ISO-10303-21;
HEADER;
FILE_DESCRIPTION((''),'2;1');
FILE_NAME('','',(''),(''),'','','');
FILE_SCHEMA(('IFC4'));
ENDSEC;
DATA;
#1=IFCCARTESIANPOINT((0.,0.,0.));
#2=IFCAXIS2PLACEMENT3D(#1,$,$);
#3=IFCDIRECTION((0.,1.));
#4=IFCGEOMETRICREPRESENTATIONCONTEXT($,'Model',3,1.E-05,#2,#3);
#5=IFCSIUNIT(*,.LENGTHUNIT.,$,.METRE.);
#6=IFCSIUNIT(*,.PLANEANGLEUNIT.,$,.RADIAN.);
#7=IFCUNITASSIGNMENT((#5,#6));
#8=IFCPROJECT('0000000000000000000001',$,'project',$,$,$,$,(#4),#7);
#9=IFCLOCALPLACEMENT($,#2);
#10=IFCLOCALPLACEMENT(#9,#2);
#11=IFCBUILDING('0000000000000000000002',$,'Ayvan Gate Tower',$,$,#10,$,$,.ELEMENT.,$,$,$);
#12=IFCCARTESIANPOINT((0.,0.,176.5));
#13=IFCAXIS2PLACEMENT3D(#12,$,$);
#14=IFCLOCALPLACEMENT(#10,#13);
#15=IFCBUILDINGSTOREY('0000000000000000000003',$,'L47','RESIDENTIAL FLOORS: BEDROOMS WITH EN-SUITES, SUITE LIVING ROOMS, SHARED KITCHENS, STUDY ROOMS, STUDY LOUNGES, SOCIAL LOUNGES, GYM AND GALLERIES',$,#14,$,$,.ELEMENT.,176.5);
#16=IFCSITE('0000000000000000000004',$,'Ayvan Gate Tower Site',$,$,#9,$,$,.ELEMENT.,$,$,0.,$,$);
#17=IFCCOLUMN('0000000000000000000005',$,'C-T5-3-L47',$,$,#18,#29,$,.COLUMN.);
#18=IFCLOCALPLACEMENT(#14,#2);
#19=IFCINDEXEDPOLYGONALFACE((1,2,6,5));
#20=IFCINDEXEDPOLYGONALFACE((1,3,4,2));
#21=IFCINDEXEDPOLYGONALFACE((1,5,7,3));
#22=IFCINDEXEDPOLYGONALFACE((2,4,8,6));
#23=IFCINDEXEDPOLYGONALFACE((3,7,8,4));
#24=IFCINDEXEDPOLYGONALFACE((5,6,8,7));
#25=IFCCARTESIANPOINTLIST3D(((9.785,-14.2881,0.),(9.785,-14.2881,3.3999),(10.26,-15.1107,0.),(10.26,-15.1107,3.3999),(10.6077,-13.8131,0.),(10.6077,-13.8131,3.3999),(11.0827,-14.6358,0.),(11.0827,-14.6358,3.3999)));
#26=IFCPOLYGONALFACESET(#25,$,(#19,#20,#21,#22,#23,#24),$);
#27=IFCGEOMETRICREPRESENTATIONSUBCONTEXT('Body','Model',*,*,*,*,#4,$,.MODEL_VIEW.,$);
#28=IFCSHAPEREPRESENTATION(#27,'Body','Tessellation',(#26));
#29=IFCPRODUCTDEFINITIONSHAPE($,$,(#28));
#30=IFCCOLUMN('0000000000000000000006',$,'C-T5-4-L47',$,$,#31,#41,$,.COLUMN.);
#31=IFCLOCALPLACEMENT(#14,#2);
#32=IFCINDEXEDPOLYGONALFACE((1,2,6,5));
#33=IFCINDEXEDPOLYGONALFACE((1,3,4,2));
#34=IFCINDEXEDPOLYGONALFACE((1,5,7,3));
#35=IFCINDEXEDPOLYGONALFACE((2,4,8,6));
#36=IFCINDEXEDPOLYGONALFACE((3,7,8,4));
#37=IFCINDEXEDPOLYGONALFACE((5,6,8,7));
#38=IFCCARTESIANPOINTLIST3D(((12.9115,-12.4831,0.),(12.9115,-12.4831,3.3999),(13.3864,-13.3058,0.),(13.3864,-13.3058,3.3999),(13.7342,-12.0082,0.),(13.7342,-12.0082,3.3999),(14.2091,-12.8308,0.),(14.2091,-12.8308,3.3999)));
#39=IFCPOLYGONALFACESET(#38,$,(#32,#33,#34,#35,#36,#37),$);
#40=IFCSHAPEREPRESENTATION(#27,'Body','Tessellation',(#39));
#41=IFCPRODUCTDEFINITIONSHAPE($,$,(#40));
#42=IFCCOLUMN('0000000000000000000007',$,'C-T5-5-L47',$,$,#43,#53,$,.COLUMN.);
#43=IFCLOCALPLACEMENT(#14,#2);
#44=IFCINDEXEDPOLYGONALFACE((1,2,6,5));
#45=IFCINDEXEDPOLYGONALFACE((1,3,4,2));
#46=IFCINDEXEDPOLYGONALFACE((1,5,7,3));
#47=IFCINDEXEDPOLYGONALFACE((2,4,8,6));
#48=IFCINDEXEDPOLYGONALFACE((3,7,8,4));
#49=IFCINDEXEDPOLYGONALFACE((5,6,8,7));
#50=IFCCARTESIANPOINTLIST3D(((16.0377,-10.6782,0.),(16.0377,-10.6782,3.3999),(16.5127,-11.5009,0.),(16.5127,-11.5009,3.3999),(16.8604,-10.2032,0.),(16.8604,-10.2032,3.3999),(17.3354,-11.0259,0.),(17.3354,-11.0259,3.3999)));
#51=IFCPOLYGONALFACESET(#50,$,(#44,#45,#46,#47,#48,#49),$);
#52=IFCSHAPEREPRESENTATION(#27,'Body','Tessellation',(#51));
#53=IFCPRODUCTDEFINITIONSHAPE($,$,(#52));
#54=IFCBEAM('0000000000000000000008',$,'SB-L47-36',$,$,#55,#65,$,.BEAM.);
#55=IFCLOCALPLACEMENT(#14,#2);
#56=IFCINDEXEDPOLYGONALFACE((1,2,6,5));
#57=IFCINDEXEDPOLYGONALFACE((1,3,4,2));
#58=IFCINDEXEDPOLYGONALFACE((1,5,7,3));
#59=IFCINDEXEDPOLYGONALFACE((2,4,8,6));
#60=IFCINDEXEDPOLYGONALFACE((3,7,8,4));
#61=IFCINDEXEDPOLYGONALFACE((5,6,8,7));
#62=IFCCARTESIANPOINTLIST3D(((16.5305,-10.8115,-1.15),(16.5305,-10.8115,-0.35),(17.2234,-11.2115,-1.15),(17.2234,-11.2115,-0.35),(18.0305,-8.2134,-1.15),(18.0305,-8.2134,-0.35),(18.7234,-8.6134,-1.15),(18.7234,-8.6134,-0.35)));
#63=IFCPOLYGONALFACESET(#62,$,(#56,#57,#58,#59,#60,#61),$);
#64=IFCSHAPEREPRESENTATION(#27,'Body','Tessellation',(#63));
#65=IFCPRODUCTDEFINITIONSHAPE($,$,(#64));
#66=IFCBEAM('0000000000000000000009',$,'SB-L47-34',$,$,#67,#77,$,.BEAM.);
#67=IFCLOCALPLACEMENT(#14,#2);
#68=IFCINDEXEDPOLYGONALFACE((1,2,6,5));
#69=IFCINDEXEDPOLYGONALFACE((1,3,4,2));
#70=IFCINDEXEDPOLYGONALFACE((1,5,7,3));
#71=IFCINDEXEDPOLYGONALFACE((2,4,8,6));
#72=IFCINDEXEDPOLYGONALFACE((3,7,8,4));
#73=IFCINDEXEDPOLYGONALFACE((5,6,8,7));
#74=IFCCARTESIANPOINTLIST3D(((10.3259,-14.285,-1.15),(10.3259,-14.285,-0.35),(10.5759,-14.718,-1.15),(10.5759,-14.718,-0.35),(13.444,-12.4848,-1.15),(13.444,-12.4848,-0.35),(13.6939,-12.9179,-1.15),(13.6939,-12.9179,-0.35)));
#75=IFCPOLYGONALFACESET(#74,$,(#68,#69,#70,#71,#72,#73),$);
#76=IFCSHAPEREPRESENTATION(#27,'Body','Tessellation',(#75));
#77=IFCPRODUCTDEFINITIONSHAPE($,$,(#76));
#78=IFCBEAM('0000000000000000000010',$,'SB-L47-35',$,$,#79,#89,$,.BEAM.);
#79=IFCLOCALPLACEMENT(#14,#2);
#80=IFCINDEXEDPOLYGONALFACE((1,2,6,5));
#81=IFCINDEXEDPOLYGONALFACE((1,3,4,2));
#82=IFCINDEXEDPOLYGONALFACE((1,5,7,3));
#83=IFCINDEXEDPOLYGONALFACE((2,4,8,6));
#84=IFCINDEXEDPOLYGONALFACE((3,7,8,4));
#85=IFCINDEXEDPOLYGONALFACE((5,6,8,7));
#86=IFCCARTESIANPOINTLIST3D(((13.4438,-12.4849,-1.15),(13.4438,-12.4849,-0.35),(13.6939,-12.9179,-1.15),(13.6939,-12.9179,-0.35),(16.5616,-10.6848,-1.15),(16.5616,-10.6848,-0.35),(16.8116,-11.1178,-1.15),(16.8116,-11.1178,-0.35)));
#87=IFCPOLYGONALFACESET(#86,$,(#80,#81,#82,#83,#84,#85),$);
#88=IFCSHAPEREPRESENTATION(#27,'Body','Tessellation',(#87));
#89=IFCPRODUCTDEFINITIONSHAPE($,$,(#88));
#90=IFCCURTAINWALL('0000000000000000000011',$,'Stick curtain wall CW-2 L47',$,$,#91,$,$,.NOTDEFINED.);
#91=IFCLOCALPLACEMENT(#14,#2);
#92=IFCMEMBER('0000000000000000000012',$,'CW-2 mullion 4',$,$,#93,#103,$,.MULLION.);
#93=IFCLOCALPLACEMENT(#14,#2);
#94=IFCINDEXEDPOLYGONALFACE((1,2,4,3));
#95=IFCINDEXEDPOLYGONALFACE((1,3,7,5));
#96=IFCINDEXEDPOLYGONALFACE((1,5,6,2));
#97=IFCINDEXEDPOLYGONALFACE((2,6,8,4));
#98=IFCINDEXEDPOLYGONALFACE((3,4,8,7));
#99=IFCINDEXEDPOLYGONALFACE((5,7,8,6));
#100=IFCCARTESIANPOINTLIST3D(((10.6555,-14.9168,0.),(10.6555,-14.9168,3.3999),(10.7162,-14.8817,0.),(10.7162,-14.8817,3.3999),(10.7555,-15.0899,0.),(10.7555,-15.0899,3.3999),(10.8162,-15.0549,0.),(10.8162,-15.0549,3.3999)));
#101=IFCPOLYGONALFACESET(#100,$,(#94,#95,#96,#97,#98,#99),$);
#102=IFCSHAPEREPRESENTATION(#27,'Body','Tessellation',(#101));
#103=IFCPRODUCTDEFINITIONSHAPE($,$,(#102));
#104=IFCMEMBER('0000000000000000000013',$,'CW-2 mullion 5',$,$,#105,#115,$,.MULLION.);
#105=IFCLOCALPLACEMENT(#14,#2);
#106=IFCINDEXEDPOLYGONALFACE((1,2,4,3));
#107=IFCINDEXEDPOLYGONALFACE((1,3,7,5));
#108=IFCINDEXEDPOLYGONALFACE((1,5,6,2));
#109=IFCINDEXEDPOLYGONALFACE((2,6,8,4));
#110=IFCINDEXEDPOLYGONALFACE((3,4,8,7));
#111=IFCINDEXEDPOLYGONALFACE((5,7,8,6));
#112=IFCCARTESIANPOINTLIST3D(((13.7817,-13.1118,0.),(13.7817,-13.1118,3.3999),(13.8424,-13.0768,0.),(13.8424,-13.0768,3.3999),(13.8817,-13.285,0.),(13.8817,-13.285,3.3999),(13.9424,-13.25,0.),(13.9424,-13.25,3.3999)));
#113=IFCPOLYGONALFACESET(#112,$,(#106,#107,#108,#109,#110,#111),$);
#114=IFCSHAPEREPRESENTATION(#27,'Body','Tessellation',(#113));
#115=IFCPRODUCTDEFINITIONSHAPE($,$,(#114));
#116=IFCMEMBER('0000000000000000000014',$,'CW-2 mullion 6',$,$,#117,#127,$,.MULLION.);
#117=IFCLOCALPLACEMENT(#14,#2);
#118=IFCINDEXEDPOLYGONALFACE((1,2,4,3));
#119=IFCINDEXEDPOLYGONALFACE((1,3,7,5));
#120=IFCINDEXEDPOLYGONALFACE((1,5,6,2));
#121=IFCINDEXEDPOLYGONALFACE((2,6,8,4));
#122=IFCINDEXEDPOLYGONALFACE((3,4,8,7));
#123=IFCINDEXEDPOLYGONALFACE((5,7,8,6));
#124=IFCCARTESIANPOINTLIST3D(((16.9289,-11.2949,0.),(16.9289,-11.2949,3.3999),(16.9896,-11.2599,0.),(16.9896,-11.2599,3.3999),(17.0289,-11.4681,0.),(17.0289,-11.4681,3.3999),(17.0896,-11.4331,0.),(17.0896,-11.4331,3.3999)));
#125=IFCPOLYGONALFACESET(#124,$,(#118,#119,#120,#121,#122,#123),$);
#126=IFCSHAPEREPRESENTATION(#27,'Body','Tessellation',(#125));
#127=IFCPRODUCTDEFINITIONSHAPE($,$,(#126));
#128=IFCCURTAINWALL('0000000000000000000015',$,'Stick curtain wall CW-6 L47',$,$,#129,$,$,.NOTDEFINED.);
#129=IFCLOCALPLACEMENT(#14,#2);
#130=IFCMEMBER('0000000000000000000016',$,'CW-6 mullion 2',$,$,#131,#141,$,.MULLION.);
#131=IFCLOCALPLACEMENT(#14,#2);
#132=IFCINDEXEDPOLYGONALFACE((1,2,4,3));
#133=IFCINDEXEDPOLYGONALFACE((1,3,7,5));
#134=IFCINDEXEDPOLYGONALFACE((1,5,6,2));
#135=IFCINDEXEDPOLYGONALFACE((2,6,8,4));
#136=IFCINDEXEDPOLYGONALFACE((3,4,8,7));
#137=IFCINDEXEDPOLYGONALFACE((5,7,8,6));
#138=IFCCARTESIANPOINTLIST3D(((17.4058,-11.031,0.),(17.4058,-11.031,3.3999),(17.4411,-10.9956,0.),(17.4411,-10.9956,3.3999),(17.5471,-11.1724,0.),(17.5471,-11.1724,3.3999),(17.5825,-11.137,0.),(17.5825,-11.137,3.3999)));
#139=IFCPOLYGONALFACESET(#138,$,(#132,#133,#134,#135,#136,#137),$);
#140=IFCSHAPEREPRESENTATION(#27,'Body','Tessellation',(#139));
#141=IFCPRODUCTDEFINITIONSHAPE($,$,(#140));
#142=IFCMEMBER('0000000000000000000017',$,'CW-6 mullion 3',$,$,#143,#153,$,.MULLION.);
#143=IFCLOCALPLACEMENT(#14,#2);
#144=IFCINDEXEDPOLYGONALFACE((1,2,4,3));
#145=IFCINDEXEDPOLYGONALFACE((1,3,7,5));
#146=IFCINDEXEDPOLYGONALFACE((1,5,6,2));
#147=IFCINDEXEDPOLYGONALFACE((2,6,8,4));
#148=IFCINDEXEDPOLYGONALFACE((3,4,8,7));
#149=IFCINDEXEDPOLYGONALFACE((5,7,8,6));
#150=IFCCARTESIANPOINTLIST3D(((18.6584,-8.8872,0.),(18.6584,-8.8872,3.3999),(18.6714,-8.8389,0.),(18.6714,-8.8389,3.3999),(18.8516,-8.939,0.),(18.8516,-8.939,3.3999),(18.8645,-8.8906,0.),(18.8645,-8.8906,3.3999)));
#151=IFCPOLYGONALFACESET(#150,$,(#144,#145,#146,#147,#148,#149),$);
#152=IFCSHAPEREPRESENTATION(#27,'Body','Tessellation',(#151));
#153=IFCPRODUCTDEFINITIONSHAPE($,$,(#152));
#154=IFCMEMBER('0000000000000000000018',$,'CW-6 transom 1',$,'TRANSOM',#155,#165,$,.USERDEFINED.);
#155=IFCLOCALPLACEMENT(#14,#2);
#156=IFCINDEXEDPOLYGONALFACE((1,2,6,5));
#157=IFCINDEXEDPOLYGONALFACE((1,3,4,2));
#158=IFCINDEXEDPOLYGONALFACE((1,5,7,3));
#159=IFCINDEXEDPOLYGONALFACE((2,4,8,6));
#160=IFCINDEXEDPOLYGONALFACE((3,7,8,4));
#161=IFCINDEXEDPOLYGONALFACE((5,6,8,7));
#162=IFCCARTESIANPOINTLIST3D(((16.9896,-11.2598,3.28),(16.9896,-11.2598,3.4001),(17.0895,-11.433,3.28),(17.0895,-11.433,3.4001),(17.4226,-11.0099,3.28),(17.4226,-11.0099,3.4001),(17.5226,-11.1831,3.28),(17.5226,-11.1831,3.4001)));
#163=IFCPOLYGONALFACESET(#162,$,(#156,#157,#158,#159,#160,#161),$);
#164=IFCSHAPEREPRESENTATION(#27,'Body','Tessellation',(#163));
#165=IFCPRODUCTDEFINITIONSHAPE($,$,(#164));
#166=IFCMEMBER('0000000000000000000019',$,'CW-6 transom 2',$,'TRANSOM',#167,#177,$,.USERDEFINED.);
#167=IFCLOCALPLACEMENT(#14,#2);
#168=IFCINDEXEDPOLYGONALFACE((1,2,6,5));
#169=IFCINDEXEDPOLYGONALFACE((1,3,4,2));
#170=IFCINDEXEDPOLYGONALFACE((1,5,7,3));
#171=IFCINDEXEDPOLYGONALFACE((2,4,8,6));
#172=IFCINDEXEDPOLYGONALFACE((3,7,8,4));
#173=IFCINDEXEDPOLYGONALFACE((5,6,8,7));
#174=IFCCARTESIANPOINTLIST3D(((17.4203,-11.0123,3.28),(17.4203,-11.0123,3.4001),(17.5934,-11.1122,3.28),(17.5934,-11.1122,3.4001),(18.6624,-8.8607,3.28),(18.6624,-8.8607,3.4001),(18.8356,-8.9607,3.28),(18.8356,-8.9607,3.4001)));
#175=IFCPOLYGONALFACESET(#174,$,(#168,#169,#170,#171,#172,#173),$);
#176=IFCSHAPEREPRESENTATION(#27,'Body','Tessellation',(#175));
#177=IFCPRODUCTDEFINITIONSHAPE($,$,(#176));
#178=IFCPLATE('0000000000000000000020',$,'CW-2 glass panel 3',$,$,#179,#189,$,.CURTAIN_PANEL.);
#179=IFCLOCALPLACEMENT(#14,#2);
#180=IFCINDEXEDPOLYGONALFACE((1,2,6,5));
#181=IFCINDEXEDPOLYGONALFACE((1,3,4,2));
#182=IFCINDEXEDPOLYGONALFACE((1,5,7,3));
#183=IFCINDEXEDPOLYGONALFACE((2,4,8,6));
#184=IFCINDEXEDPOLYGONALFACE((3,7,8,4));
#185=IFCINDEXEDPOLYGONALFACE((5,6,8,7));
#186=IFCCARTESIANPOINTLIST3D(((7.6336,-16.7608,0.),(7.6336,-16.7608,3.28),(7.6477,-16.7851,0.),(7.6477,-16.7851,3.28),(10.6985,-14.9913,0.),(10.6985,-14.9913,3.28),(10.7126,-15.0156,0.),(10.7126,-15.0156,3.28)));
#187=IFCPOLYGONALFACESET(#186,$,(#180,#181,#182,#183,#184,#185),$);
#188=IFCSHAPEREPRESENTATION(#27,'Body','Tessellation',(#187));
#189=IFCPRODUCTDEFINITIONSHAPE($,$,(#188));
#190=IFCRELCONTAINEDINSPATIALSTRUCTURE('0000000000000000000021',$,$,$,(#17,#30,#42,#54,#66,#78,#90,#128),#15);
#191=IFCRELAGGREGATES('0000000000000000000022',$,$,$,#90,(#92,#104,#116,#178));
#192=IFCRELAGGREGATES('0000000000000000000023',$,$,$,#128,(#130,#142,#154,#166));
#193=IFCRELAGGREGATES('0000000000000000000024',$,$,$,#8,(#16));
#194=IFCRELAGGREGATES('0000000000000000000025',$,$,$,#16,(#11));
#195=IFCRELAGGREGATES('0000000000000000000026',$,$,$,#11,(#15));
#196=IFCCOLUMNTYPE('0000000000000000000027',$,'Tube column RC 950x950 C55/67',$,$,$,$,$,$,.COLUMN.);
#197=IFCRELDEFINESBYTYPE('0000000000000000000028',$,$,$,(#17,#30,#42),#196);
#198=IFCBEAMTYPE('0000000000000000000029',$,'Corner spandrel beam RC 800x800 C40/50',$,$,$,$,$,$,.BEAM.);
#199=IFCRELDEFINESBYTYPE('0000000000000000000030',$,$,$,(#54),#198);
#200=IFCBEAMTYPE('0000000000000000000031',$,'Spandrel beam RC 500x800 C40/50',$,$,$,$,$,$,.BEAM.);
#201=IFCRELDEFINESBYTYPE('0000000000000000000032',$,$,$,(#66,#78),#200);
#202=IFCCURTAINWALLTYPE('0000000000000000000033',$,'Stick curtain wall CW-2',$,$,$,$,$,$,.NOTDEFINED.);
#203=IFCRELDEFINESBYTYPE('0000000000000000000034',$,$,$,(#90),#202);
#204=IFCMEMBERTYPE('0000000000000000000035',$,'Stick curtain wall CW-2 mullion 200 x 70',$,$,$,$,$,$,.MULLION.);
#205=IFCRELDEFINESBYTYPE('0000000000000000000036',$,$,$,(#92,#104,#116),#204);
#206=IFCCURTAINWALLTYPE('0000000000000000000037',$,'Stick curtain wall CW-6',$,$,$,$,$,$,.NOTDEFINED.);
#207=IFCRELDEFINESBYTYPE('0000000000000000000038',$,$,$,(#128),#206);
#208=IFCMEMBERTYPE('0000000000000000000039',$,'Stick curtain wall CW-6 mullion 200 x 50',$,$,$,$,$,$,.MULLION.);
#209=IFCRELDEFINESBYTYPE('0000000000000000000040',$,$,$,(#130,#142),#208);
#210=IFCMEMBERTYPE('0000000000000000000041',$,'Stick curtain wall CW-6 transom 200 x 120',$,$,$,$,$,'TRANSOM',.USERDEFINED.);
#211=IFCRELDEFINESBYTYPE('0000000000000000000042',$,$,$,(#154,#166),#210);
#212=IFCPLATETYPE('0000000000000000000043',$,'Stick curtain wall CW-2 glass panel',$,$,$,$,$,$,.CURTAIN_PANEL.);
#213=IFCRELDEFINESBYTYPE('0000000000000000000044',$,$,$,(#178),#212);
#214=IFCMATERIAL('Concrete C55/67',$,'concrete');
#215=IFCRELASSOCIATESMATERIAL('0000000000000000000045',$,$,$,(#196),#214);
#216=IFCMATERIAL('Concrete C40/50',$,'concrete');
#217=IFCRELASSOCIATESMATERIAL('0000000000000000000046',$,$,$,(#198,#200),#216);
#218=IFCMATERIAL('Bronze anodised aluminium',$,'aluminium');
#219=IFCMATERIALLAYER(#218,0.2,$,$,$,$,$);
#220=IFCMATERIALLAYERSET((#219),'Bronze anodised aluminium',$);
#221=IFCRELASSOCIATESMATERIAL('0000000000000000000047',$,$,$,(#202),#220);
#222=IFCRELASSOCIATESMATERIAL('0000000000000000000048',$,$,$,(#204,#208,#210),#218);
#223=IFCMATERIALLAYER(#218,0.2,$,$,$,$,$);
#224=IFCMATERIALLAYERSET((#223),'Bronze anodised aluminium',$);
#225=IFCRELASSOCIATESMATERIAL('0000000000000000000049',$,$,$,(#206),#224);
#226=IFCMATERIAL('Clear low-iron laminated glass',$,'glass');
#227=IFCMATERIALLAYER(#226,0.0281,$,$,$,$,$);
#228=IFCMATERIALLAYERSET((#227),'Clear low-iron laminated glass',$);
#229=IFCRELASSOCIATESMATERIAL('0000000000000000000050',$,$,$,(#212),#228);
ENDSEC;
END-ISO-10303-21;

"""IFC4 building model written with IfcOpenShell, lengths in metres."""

from ifc_helpers import new_model, si_unit, direction, frame, origin, origin_2d, place, context, subcontext, project, spatial, rectangle, extrude, material, layer, layer_set, material_profile, profile_set, type_object, element, aggregate, save


model = new_model("IFC4")

# Units and contexts
model_context = context("Model", 3, precision=1e-05, world=origin(), true_north=direction((0.0, 1.0)))
body_context = subcontext(model_context, "Body", "Model", "MODEL_VIEW")
ifc_project = project(units=[si_unit("LENGTHUNIT", "METRE"), si_unit("PLANEANGLEUNIT", "RADIAN")], contexts=[model_context])

# Site, building, storey
site_placement = place(None, origin())
site = spatial("IfcSite", under=ifc_project, at=site_placement, Name="Ayvan Gate Tower Site", CompositionType="ELEMENT", RefElevation=0.0)
building_placement = place(site_placement, origin())
building = spatial("IfcBuilding", under=site, at=building_placement, Name="Ayvan Gate Tower", CompositionType="ELEMENT")
storey_placement = place(building_placement, frame((0.0, 0.0, 176.5)))
storey = spatial("IfcBuildingStorey", under=building, at=storey_placement, Name="L47", Description="RESIDENTIAL FLOORS: BEDROOMS WITH EN-SUITES, SUITE LIVING ROOMS, SHARED KITCHENS, STUDY ROOMS, STUDY LOUNGES, SOCIAL LOUNGES, GYM AND GALLERIES", CompositionType="ELEMENT", Elevation=176.5)

# Columns
ifc_material_1 = material(Name="Concrete C55/67", Category="concrete")
ifc_material_profile_1 = material_profile(ifc_material_1, rectangle(XDim=0.95, YDim=0.95, at=origin_2d()), Name="RC 950x950")
ifc_profile_set_1 = profile_set([ifc_material_profile_1], Name="Concrete C55/67")
column_type = type_object("IfcColumnType", Name="Tube column RC 950x950 C55/67", PredefinedType="COLUMN", material=ifc_profile_set_1)
for number, where, z_axis, x_axis, name in (
    (1, (10.4338, -14.4619, 0.0), (0.0, 0.0, 1.0), (0.5, -0.866025, 0.0), "C-T5-3-L47"),
    (2, (13.5603, -12.657, 0.0), (0.0, 0.0, 1.0), (0.5, -0.866025, 0.0), "C-T5-4-L47"),
    (3, (16.6865, -10.8521, 0.0), (0.0, 0.0, 1.0), (0.5, -0.866025, 0.0), "C-T5-5-L47"),
):
    element("IfcColumn", number, at=place(storey_placement, frame(where, z_axis=z_axis, x_axis=x_axis)), inside=storey, type_object=column_type, Name=name, PredefinedType="COLUMN", context=body_context, shape_type="SweptSolid", body=[
        extrude(rectangle(XDim=0.95, YDim=0.95, at=origin_2d()), origin(), (0.0, 0.0, 1.0), 3.3999),
    ])

# Beams
ifc_material_2 = material(Name="Concrete C40/50", Category="concrete")
ifc_material_profile_2 = material_profile(ifc_material_2, rectangle(XDim=0.8, YDim=0.8, at=origin_2d()), Name="RC 800x800")
ifc_profile_set_2 = profile_set([ifc_material_profile_2], Name="Concrete C40/50")
beam_type_1 = type_object("IfcBeamType", Name="Corner spandrel beam RC 800x800 C40/50", PredefinedType="BEAM", material=ifc_profile_set_2)
beam_1_placement = place(storey_placement, frame((16.877, -11.0115, -0.75), z_axis=(0.49999, 0.866031, 0.0), x_axis=(-0.866031, 0.49999, 0.0)))
element("IfcBeam", 4, at=beam_1_placement, inside=storey, type_object=beam_type_1, Name="SB-L47-36", PredefinedType="BEAM", context=body_context, shape_type="SweptSolid", body=[
    extrude(rectangle(XDim=0.8, YDim=0.8, at=origin_2d()), origin(), (0.0, 0.0, 1.0), 3.0),
])
ifc_material_profile_3 = material_profile(ifc_material_2, rectangle(XDim=0.5, YDim=0.8, at=origin_2d()), Name="RC 500x800")
ifc_profile_set_3 = profile_set([ifc_material_profile_3], Name="Concrete C40/50")
beam_type_2 = type_object("IfcBeamType", Name="Spandrel beam RC 500x800 C40/50", PredefinedType="BEAM", material=ifc_profile_set_3)
beam_2_placement = place(storey_placement, frame((10.4509, -14.5015, -0.75), z_axis=(0.866035, 0.499983, 0.0), x_axis=(-0.499983, 0.866035, 0.0)))
element("IfcBeam", 5, at=beam_2_placement, inside=storey, type_object=beam_type_2, Name="SB-L47-34", PredefinedType="BEAM", context=body_context, shape_type="SweptSolid", body=[
    extrude(rectangle(XDim=0.5, YDim=0.8, at=origin_2d()), origin(), (0.0, 0.0, 1.0), 3.6003),
])
beam_3_placement = place(storey_placement, frame((13.5688, -12.7014, -0.75), z_axis=(0.866018, 0.500012, 0.0), x_axis=(-0.500012, 0.866018, 0.0)))
element("IfcBeam", 6, at=beam_3_placement, inside=storey, type_object=beam_type_2, Name="SB-L47-35", PredefinedType="BEAM", context=body_context, shape_type="SweptSolid", body=[
    extrude(rectangle(XDim=0.5, YDim=0.8, at=origin_2d()), origin(), (0.0, 0.0, 1.0), 3.6001),
])

# Curtain walls, members
ifc_material_3 = material(Name="Bronze anodised aluminium", Category="aluminium")
ifc_layer_1 = layer(ifc_material_3, 0.2)
ifc_layer_set_1 = layer_set([ifc_layer_1], Name="Bronze anodised aluminium")
curtain_wall_type_1 = type_object("IfcCurtainWallType", Name="Stick curtain wall CW-2", PredefinedType="NOTDEFINED", material=ifc_layer_set_1)
curtain_wall_1_placement = place(storey_placement, origin())
curtain_wall_1 = element("IfcCurtainWall", 7, at=curtain_wall_1_placement, inside=storey, type_object=curtain_wall_type_1, Name="Stick curtain wall CW-2 L47", PredefinedType="NOTDEFINED")
ifc_material_profile_4 = material_profile(ifc_material_3, rectangle(XDim=0.2, YDim=0.0701, at=origin_2d()), Name="Stick curtain wall CW-2 mullion 200 x 70")
ifc_profile_set_4 = profile_set([ifc_material_profile_4], Name="Bronze anodised aluminium")
member_type_1 = type_object("IfcMemberType", Name="Stick curtain wall CW-2 mullion 200 x 70", PredefinedType="MULLION", material=ifc_profile_set_4)
member_1_placement = place(storey_placement, frame((10.7358, -14.9858, 0.0), z_axis=(0.0, 0.0, 1.0), x_axis=(0.5, -0.866025, 0.0)))
member_1 = element("IfcMember", 8, at=member_1_placement, type_object=member_type_1, Name="CW-2 mullion 4", PredefinedType="MULLION", context=body_context, shape_type="SweptSolid", body=[
    extrude(rectangle(XDim=0.2, YDim=0.0701, at=origin_2d()), origin(), (0.0, 0.0, 1.0), 3.3999),
])
member_2_placement = place(storey_placement, frame((13.8621, -13.1809, 0.0), z_axis=(0.0, 0.0, 1.0), x_axis=(0.5, -0.866025, 0.0)))
member_2 = element("IfcMember", 9, at=member_2_placement, type_object=member_type_1, Name="CW-2 mullion 5", PredefinedType="MULLION", context=body_context, shape_type="SweptSolid", body=[
    extrude(rectangle(XDim=0.2, YDim=0.0701, at=origin_2d()), origin(), (0.0, 0.0, 1.0), 3.3999),
])
member_3_placement = place(storey_placement, frame((17.0093, -11.364, 0.0), z_axis=(0.0, 0.0, 1.0), x_axis=(0.5, -0.866025, 0.0)))
member_3 = element("IfcMember", 10, at=member_3_placement, type_object=member_type_1, Name="CW-2 mullion 6", PredefinedType="MULLION", context=body_context, shape_type="SweptSolid", body=[
    extrude(rectangle(XDim=0.2, YDim=0.0701, at=origin_2d()), origin(), (0.0, 0.0, 1.0), 3.3999),
])
ifc_layer_2 = layer(ifc_material_3, 0.2)
ifc_layer_set_2 = layer_set([ifc_layer_2], Name="Bronze anodised aluminium")
curtain_wall_type_2 = type_object("IfcCurtainWallType", Name="Stick curtain wall CW-6", PredefinedType="NOTDEFINED", material=ifc_layer_set_2)
curtain_wall_2_placement = place(storey_placement, origin())
curtain_wall_2 = element("IfcCurtainWall", 11, at=curtain_wall_2_placement, inside=storey, type_object=curtain_wall_type_2, Name="Stick curtain wall CW-6 L47", PredefinedType="NOTDEFINED")
ifc_material_profile_5 = material_profile(ifc_material_3, rectangle(XDim=0.2, YDim=0.05, at=origin_2d()), Name="Stick curtain wall CW-6 mullion 200 x 50")
ifc_profile_set_5 = profile_set([ifc_material_profile_5], Name="Bronze anodised aluminium")
member_type_2 = type_object("IfcMemberType", Name="Stick curtain wall CW-6 mullion 200 x 50", PredefinedType="MULLION", material=ifc_profile_set_5)
member_4_placement = place(storey_placement, frame((17.4941, -11.084, 0.0), z_axis=(0.0, 0.0, 1.0), x_axis=(0.707107, -0.707107, 0.0)))
member_4 = element("IfcMember", 12, at=member_4_placement, type_object=member_type_2, Name="CW-6 mullion 2", PredefinedType="MULLION", context=body_context, shape_type="SweptSolid", body=[
    extrude(rectangle(XDim=0.2, YDim=0.05, at=origin_2d()), origin(), (0.0, 0.0, 1.0), 3.3999),
])
member_5_placement = place(storey_placement, frame((18.7615, -8.8889, 0.0), z_axis=(0.0, 0.0, 1.0), x_axis=(0.965926, -0.258819, 0.0)))
member_5 = element("IfcMember", 13, at=member_5_placement, type_object=member_type_2, Name="CW-6 mullion 3", PredefinedType="MULLION", context=body_context, shape_type="SweptSolid", body=[
    extrude(rectangle(XDim=0.2, YDim=0.05, at=origin_2d()), origin(), (0.0, 0.0, 1.0), 3.3999),
])
ifc_material_profile_6 = material_profile(ifc_material_3, rectangle(XDim=0.2, YDim=0.1201, at=origin_2d()), Name="Stick curtain wall CW-6 transom 200 x 120")
ifc_profile_set_6 = profile_set([ifc_material_profile_6], Name="Bronze anodised aluminium")
member_type_3 = type_object("IfcMemberType", Name="Stick curtain wall CW-6 transom 200 x 120", ElementType="TRANSOM", PredefinedType="USERDEFINED", material=ifc_profile_set_6)
member_6_placement = place(storey_placement, frame((17.0396, -11.3464, 3.3401), z_axis=(0.866072, 0.49992, 0.0), x_axis=(-0.49992, 0.866072, 0.0)))
member_6 = element("IfcMember", 14, at=member_6_placement, type_object=member_type_3, Name="CW-6 transom 1", ObjectType="TRANSOM", PredefinedType="USERDEFINED", context=body_context, shape_type="SweptSolid", body=[
    extrude(rectangle(XDim=0.2, YDim=0.1201, at=origin_2d()), origin(), (0.0, 0.0, 1.0), 0.5),
])
member_7_placement = place(storey_placement, frame((17.5068, -11.0623, 3.3401), z_axis=(0.499986, 0.866033, 0.0), x_axis=(-0.866033, 0.499986, 0.0)))
member_7 = element("IfcMember", 15, at=member_7_placement, type_object=member_type_3, Name="CW-6 transom 2", ObjectType="TRANSOM", PredefinedType="USERDEFINED", context=body_context, shape_type="SweptSolid", body=[
    extrude(rectangle(XDim=0.2, YDim=0.1201, at=origin_2d()), origin(), (0.0, 0.0, 1.0), 2.4844),
])

# Plate
ifc_material_4 = material(Name="Clear low-iron laminated glass", Category="glass")
ifc_layer_3 = layer(ifc_material_4, 0.0281)
ifc_layer_set_3 = layer_set([ifc_layer_3], Name="Clear low-iron laminated glass")
plate_type_1 = type_object("IfcPlateType", Name="Stick curtain wall CW-2 glass panel", PredefinedType="CURTAIN_PANEL", material=ifc_layer_set_3)
plate_1_placement = place(storey_placement, frame((9.1731, -15.8882, 0.0), z_axis=(0.0, 0.0, 1.0), x_axis=(0.866025, 0.5, 0.0)))
plate_1 = element("IfcPlate", 16, at=plate_1_placement, type_object=plate_type_1, Name="CW-2 glass panel 3", PredefinedType="CURTAIN_PANEL", context=body_context, shape_type="SweptSolid", body=[
    extrude(rectangle(XDim=3.5391, YDim=0.0281, at=origin_2d()), origin(), (0.0, 0.0, 1.0), 3.28),
])
aggregate(curtain_wall_1, [member_1, member_2, member_3, plate_1])
aggregate(curtain_wall_2, [member_4, member_5, member_6, member_7])

save(model, "model.ifc")
